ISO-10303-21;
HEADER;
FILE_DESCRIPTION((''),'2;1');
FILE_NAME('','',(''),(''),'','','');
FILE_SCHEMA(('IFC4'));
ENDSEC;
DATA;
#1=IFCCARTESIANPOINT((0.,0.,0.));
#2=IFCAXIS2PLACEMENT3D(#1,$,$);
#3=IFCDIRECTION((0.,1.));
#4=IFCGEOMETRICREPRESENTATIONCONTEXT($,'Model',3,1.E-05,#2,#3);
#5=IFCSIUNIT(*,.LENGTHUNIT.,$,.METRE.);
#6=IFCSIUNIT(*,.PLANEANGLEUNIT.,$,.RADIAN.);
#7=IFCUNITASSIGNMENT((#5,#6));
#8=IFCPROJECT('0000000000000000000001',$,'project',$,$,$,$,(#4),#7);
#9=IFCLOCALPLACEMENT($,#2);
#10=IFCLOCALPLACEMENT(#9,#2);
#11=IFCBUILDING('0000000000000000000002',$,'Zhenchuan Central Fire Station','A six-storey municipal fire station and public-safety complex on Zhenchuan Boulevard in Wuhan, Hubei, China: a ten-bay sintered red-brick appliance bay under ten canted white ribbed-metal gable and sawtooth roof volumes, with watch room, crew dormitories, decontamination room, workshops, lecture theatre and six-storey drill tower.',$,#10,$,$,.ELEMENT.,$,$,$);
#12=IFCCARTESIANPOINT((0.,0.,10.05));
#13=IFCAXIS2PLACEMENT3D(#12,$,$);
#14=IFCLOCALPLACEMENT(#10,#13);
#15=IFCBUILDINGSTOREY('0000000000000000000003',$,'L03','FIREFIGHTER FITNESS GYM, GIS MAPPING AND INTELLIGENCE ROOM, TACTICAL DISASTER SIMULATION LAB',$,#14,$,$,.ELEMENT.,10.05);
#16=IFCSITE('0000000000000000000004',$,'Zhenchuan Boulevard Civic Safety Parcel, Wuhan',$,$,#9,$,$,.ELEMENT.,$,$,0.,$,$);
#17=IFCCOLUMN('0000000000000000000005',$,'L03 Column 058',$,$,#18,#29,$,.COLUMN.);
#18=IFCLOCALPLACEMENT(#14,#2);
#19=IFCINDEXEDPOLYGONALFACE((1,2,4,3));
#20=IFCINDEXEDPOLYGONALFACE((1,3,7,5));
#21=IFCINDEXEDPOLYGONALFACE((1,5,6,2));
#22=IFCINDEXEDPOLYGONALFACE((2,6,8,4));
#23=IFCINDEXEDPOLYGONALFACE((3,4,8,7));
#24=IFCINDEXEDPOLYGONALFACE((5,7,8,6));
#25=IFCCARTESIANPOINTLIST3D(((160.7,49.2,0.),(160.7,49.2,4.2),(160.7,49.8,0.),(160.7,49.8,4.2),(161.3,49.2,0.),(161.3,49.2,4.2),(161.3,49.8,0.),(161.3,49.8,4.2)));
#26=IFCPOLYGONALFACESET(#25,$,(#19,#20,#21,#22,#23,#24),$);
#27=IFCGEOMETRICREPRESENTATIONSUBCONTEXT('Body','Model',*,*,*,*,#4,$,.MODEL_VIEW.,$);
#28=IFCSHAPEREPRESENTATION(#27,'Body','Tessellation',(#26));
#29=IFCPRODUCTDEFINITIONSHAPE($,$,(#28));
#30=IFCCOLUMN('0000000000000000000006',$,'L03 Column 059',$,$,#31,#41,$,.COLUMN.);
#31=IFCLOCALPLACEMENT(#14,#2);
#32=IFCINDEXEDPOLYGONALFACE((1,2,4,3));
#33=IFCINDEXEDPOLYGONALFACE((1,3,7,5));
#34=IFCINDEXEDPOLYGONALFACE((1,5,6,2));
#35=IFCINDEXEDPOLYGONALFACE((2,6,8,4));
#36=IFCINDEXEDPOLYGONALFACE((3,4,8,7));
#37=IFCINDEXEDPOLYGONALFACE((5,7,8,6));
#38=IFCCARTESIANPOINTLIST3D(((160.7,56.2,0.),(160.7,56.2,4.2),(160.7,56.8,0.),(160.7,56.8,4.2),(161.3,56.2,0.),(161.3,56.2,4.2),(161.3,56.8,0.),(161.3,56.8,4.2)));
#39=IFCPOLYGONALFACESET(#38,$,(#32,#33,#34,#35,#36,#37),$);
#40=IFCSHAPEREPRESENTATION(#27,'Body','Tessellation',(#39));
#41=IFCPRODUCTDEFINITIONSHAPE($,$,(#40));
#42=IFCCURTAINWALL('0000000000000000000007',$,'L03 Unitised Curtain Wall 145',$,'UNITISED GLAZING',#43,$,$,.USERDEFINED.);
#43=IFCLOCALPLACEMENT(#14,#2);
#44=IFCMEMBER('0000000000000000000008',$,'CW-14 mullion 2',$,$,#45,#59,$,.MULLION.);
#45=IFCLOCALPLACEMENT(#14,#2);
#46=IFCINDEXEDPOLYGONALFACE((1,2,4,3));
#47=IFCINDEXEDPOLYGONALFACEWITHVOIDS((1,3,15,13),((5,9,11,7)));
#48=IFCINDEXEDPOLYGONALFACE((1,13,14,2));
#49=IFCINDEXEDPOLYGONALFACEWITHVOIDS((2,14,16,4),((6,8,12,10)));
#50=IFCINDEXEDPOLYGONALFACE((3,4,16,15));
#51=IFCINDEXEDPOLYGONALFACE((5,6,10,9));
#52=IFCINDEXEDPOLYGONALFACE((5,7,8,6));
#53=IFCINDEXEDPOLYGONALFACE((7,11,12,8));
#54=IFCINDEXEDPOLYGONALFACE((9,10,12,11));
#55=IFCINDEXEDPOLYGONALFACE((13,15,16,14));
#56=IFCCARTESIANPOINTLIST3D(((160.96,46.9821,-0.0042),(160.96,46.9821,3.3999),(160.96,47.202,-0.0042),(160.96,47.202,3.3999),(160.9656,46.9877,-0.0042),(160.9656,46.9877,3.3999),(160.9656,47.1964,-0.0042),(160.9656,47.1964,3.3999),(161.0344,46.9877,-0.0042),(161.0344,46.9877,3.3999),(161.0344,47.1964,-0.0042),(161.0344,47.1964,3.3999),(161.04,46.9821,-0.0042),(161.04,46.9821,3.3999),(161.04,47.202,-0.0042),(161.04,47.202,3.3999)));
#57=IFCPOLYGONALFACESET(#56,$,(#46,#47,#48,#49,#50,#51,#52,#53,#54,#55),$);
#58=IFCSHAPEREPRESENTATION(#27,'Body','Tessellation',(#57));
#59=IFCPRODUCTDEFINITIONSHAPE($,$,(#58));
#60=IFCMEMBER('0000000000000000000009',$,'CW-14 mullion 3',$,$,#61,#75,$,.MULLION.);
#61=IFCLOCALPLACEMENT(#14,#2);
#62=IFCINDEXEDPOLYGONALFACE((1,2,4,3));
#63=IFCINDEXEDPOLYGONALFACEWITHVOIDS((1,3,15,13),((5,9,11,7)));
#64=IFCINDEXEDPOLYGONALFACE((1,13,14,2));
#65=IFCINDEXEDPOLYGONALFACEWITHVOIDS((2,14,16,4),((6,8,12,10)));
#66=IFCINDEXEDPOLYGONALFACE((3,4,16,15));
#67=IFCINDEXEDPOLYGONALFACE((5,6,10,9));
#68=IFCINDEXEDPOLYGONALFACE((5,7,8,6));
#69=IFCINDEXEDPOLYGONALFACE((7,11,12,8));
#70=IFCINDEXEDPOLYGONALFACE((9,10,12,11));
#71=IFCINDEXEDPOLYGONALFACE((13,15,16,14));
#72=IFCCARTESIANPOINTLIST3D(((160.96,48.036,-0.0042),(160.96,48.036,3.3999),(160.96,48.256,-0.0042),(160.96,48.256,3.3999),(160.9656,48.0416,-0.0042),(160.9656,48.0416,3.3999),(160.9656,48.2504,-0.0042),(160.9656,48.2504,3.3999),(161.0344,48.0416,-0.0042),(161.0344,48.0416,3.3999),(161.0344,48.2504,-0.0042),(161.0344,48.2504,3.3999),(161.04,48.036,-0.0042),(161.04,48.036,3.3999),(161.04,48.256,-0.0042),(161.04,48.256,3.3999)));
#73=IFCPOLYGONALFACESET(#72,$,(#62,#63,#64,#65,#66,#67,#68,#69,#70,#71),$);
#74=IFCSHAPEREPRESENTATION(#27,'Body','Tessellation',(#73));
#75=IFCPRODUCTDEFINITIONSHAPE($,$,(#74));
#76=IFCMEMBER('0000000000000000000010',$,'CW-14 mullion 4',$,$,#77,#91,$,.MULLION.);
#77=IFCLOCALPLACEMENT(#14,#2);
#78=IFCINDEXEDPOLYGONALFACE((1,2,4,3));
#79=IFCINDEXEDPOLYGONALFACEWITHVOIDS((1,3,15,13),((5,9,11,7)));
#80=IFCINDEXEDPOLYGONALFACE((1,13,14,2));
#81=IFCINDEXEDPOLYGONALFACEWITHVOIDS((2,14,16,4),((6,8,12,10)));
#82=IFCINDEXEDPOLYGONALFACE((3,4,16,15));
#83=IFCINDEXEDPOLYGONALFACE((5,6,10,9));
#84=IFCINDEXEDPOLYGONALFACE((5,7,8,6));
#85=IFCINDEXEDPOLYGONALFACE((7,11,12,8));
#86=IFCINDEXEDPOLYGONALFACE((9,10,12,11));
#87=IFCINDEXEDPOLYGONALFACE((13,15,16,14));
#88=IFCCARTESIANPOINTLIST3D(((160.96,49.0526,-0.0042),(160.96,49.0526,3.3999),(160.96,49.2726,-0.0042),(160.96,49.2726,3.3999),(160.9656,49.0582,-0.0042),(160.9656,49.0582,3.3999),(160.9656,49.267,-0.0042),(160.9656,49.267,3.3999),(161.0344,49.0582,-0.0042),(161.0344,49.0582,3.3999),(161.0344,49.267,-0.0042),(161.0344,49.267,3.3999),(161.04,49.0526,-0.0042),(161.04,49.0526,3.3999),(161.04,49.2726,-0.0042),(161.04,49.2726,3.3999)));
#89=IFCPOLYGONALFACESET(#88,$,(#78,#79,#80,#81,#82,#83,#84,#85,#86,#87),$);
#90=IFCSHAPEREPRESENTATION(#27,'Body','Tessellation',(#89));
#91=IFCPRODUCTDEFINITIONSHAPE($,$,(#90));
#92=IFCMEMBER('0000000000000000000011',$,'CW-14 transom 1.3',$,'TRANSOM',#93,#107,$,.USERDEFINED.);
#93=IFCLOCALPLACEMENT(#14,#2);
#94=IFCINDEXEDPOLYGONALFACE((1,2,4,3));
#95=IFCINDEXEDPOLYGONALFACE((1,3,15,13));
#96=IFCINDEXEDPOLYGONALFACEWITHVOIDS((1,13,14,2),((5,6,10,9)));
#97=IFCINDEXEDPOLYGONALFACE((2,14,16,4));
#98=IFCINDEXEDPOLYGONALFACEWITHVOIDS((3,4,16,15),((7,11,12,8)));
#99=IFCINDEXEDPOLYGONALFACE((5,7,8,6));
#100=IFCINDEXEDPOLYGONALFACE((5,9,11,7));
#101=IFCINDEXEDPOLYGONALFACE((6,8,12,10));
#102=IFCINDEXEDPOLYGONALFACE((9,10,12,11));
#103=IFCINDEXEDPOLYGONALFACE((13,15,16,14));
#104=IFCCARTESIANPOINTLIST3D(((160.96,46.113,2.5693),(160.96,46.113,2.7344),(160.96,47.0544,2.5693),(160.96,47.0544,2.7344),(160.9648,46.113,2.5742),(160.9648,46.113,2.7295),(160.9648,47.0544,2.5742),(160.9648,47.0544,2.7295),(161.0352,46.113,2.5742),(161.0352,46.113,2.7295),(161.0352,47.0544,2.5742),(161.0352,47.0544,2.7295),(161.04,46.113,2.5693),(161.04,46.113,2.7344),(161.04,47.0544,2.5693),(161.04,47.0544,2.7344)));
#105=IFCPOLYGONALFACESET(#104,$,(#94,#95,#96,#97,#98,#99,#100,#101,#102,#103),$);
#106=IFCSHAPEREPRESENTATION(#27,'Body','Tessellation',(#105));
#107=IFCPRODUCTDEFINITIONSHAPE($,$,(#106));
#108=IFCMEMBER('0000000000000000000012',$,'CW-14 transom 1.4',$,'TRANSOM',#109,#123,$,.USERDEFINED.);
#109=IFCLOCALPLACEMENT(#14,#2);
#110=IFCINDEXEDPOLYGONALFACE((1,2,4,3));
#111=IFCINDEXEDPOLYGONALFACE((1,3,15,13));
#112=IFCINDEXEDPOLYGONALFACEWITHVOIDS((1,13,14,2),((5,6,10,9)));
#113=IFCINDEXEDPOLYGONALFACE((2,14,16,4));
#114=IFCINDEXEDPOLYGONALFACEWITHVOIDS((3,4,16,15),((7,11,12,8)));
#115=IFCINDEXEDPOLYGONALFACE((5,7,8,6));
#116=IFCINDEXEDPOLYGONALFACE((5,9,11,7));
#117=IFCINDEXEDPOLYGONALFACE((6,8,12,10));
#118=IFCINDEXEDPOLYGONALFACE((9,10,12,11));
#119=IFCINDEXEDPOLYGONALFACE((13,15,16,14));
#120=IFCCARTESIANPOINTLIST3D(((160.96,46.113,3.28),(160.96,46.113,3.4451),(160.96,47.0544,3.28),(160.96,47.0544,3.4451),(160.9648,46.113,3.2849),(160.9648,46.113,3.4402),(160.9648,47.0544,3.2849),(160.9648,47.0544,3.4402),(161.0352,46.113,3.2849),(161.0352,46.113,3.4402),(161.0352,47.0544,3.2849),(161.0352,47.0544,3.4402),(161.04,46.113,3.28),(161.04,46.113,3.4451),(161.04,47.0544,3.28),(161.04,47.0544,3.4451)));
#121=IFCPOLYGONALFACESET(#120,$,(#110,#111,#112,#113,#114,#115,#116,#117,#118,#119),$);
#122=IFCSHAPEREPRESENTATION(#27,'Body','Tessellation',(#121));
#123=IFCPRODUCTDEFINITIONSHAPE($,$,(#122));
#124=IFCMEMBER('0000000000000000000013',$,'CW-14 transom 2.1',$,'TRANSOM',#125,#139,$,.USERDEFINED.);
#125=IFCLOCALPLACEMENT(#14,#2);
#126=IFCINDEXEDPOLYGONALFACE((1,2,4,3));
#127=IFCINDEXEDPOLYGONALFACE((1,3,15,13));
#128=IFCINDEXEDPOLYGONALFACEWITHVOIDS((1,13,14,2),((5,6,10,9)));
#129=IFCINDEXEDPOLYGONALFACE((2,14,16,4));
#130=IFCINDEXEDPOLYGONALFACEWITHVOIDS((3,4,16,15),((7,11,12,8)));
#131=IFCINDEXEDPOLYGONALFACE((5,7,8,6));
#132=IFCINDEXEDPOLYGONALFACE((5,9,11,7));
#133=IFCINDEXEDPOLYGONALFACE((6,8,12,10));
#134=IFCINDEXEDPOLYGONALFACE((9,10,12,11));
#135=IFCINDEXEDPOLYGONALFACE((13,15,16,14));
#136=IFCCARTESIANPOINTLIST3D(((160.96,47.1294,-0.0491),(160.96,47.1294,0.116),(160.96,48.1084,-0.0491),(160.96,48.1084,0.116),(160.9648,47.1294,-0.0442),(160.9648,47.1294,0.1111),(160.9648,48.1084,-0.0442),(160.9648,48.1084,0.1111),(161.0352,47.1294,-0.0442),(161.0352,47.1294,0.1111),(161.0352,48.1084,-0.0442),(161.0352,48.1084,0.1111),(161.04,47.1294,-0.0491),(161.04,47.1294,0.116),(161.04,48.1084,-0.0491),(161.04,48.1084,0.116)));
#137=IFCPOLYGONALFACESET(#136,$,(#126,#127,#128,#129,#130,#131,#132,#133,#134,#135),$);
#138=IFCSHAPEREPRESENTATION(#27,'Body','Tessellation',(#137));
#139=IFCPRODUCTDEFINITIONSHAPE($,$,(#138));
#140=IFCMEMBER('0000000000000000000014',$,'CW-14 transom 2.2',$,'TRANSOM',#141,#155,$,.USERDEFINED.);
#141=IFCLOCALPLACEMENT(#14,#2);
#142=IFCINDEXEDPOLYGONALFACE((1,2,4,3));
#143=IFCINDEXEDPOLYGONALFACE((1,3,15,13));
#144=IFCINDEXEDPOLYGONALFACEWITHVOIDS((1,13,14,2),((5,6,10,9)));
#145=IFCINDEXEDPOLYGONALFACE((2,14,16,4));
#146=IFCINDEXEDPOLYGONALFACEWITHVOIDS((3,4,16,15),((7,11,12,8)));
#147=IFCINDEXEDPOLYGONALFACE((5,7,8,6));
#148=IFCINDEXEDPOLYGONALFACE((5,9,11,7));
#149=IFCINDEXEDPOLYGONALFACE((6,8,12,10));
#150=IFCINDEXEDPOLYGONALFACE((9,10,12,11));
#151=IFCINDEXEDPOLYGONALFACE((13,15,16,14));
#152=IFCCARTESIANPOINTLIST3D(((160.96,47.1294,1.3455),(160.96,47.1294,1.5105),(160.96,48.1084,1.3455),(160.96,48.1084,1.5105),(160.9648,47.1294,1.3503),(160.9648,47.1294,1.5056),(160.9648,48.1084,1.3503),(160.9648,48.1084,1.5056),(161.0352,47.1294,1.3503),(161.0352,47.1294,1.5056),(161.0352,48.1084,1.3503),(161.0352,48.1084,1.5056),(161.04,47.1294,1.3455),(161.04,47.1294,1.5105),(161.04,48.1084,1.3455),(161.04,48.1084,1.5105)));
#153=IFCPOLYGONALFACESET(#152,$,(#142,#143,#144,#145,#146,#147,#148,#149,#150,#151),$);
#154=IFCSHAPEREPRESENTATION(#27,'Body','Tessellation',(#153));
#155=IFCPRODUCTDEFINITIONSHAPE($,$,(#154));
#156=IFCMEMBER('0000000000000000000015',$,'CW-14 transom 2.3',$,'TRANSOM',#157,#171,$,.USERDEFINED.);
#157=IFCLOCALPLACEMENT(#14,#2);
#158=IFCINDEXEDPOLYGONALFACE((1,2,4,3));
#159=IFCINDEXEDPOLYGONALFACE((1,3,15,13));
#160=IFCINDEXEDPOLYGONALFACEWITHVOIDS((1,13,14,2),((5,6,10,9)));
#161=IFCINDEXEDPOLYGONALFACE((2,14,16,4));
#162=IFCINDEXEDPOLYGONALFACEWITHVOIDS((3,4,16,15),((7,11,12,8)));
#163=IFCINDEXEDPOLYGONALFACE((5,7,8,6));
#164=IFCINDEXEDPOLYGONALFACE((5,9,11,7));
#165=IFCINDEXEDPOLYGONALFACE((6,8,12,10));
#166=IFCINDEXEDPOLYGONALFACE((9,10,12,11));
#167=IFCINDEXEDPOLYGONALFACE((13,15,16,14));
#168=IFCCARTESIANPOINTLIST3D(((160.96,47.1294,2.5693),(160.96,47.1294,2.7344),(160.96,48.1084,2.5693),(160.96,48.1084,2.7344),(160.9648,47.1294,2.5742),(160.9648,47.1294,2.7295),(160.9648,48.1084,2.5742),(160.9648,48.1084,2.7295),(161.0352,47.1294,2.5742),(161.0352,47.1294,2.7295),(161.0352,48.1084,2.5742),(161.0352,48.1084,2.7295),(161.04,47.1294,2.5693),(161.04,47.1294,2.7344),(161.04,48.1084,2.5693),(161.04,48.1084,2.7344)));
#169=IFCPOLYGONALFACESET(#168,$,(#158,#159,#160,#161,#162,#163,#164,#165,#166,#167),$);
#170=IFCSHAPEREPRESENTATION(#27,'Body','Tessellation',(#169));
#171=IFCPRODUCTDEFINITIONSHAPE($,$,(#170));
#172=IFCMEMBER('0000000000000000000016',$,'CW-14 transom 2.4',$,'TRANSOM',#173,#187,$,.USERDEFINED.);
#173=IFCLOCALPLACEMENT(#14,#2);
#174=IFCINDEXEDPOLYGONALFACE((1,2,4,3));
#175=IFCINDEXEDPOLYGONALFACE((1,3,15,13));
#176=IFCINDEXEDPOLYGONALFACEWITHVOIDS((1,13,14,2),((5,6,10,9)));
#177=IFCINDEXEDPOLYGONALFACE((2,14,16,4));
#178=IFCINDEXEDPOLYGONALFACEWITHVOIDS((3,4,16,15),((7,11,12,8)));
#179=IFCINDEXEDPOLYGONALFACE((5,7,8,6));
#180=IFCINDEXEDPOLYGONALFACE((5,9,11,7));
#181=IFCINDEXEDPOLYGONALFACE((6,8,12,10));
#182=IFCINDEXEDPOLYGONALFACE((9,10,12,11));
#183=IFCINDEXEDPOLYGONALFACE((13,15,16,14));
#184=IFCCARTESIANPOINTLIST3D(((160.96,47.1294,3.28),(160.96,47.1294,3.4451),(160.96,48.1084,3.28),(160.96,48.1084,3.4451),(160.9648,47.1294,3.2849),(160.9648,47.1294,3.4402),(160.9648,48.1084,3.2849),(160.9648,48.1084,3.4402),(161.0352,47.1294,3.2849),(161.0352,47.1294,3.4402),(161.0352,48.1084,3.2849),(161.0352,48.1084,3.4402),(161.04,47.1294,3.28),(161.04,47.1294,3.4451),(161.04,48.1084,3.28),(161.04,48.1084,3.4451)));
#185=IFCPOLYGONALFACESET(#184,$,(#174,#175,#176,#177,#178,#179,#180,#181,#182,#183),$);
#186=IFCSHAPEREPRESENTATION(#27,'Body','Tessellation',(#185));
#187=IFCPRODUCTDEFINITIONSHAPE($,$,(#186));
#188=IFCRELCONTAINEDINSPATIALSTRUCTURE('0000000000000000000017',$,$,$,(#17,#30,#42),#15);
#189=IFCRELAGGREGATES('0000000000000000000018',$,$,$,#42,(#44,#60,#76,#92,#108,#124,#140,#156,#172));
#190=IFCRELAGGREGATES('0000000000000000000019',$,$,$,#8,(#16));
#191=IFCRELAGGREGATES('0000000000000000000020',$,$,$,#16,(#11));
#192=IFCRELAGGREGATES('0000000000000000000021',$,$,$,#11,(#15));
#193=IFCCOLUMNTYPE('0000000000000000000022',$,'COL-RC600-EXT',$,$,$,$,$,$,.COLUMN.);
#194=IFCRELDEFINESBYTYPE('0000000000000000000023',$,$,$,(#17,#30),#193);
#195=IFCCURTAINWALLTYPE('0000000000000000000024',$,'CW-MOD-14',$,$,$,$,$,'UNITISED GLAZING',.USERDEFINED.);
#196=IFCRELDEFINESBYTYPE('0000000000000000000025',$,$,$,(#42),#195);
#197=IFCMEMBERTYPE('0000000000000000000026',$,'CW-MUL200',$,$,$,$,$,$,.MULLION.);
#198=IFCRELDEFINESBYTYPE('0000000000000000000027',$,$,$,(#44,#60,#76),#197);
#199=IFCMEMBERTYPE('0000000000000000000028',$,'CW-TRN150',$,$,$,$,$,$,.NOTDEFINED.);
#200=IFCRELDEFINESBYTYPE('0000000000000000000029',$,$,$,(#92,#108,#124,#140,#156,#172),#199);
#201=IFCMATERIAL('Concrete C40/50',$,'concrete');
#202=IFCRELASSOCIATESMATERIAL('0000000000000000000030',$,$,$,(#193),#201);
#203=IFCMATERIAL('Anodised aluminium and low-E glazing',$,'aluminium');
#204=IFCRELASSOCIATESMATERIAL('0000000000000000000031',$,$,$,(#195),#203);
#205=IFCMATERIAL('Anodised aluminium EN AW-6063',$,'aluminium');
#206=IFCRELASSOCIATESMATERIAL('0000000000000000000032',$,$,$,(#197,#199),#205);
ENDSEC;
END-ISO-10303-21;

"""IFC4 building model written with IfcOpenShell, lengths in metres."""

from ifc_helpers import new_model, si_unit, direction, frame, origin, origin_2d, place, context, subcontext, project, spatial, rectangle, hollow_rectangle, extrude, material, material_profile, profile_set, type_object, element, aggregate, save


model = new_model("IFC4")

# Units and contexts
model_context = context("Model", 3, precision=1e-05, world=origin(), true_north=direction((0.0, 1.0)))
body_context = subcontext(model_context, "Body", "Model", "MODEL_VIEW")
ifc_project = project(units=[si_unit("LENGTHUNIT", "METRE"), si_unit("PLANEANGLEUNIT", "RADIAN")], contexts=[model_context])

# Site, building, storey
site_placement = place(None, origin())
site = spatial("IfcSite", under=ifc_project, at=site_placement, Name="Zhenchuan Boulevard Civic Safety Parcel, Wuhan", CompositionType="ELEMENT", RefElevation=0.0)
building_placement = place(site_placement, origin())
building = spatial("IfcBuilding", under=site, at=building_placement, Name="Zhenchuan Central Fire Station", Description="A six-storey municipal fire station and public-safety complex on Zhenchuan Boulevard in Wuhan, Hubei, China: a ten-bay sintered red-brick appliance bay under ten canted white ribbed-metal gable and sawtooth roof volumes, with watch room, crew dormitories, decontamination room, workshops, lecture theatre and six-storey drill tower.", CompositionType="ELEMENT")
storey_placement = place(building_placement, frame((0.0, 0.0, 10.05)))
storey = spatial("IfcBuildingStorey", under=building, at=storey_placement, Name="L03", Description="FIREFIGHTER FITNESS GYM, GIS MAPPING AND INTELLIGENCE ROOM, TACTICAL DISASTER SIMULATION LAB", CompositionType="ELEMENT", Elevation=10.05)

# Columns
ifc_material_1 = material(Name="Concrete C40/50", Category="concrete")
ifc_material_profile_1 = material_profile(ifc_material_1, rectangle(XDim=0.6001, YDim=0.6001, at=origin_2d()), Name="RC 600x600")
ifc_profile_set_1 = profile_set([ifc_material_profile_1], Name="Concrete C40/50")
column_type = type_object("IfcColumnType", Name="COL-RC600-EXT", PredefinedType="COLUMN", material=ifc_profile_set_1)
for number, where, z_axis, x_axis, name in (
    (1, (161.0, 49.5, 0.0), (0.0, 0.0, 1.0), (1.0, 0.0, 0.0), "L03 Column 058"),
    (2, (161.0, 56.5, 0.0), (0.0, 0.0, 1.0), (1.0, 0.0, 0.0), "L03 Column 059"),
):
    element("IfcColumn", number, at=place(storey_placement, frame(where, z_axis=z_axis, x_axis=x_axis)), inside=storey, type_object=column_type, Name=name, PredefinedType="COLUMN", context=body_context, shape_type="SweptSolid", body=[
        extrude(rectangle(XDim=0.6001, YDim=0.6001, at=origin_2d()), origin(), (0.0, 0.0, 1.0), 4.2),
    ])

# Curtain wall, members
ifc_material_2 = material(Name="Anodised aluminium and low-E glazing", Category="aluminium")
curtain_wall_type = type_object("IfcCurtainWallType", Name="CW-MOD-14", ElementType="UNITISED GLAZING", PredefinedType="USERDEFINED", material=ifc_material_2)
curtain_wall_placement = place(storey_placement, origin())
curtain_wall = element("IfcCurtainWall", 3, at=curtain_wall_placement, inside=storey, type_object=curtain_wall_type, Name="L03 Unitised Curtain Wall 145", ObjectType="UNITISED GLAZING", PredefinedType="USERDEFINED")
ifc_material_3 = material(Name="Anodised aluminium EN AW-6063", Category="aluminium")
ifc_material_profile_2 = material_profile(ifc_material_3, hollow_rectangle(XDim=0.0801, YDim=0.22, WallThickness=0.0056, at=origin_2d()), Name="ALU-M 220x80")
ifc_profile_set_2 = profile_set([ifc_material_profile_2], Name="Anodised aluminium EN AW-6063")
member_type_1 = type_object("IfcMemberType", Name="CW-MUL200", PredefinedType="MULLION", material=ifc_profile_set_2)
member_1_placement = place(storey_placement, frame((161.0, 47.092, -0.0042), z_axis=(0.0, 0.0, 1.0), x_axis=(-1.0, 0.0, 0.0)))
member_1 = element("IfcMember", 4, at=member_1_placement, type_object=member_type_1, Name="CW-14 mullion 2", PredefinedType="MULLION", context=body_context, shape_type="SweptSolid", body=[
    extrude(hollow_rectangle(XDim=0.0801, YDim=0.22, WallThickness=0.0056, at=origin_2d()), origin(), (0.0, 0.0, 1.0), 3.4041),
])
member_2_placement = place(storey_placement, frame((161.0, 48.146, -0.0042), z_axis=(0.0, 0.0, 1.0), x_axis=(-1.0, 0.0, 0.0)))
member_2 = element("IfcMember", 5, at=member_2_placement, type_object=member_type_1, Name="CW-14 mullion 3", PredefinedType="MULLION", context=body_context, shape_type="SweptSolid", body=[
    extrude(hollow_rectangle(XDim=0.0801, YDim=0.22, WallThickness=0.0056, at=origin_2d()), origin(), (0.0, 0.0, 1.0), 3.4041),
])
member_3_placement = place(storey_placement, frame((161.0, 49.1626, -0.0042), z_axis=(0.0, 0.0, 1.0), x_axis=(-1.0, 0.0, 0.0)))
member_3 = element("IfcMember", 6, at=member_3_placement, type_object=member_type_1, Name="CW-14 mullion 4", PredefinedType="MULLION", context=body_context, shape_type="SweptSolid", body=[
    extrude(hollow_rectangle(XDim=0.0801, YDim=0.22, WallThickness=0.0056, at=origin_2d()), origin(), (0.0, 0.0, 1.0), 3.4041),
])
ifc_material_profile_3 = material_profile(ifc_material_3, hollow_rectangle(XDim=0.0801, YDim=0.165, WallThickness=0.0049, at=origin_2d()), Name="ALU-T 165x80")
ifc_profile_set_3 = profile_set([ifc_material_profile_3], Name="Anodised aluminium EN AW-6063")
member_type_2 = type_object("IfcMemberType", Name="CW-TRN150", PredefinedType="NOTDEFINED", material=ifc_profile_set_3)
member_4_placement = place(storey_placement, frame((161.0, 46.113, 2.6519), z_axis=(0.0, 1.0, 0.0), x_axis=(-1.0, 0.0, 0.0)))
member_4 = element("IfcMember", 7, at=member_4_placement, type_object=member_type_2, Name="CW-14 transom 1.3", ObjectType="TRANSOM", PredefinedType="USERDEFINED", context=body_context, shape_type="SweptSolid", body=[
    extrude(hollow_rectangle(XDim=0.0801, YDim=0.165, WallThickness=0.0049, at=origin_2d()), origin(), (0.0, 0.0, 1.0), 0.9414),
])
member_5_placement = place(storey_placement, frame((161.0, 46.113, 3.3625), z_axis=(0.0, 1.0, 0.0), x_axis=(-1.0, 0.0, 0.0)))
member_5 = element("IfcMember", 8, at=member_5_placement, type_object=member_type_2, Name="CW-14 transom 1.4", ObjectType="TRANSOM", PredefinedType="USERDEFINED", context=body_context, shape_type="SweptSolid", body=[
    extrude(hollow_rectangle(XDim=0.0801, YDim=0.165, WallThickness=0.0049, at=origin_2d()), origin(), (0.0, 0.0, 1.0), 0.9414),
])
member_6_placement = place(storey_placement, frame((161.0, 47.1294, 0.0334), z_axis=(0.0, 1.0, 0.0), x_axis=(-1.0, 0.0, 0.0)))
member_6 = element("IfcMember", 9, at=member_6_placement, type_object=member_type_2, Name="CW-14 transom 2.1", ObjectType="TRANSOM", PredefinedType="USERDEFINED", context=body_context, shape_type="SweptSolid", body=[
    extrude(hollow_rectangle(XDim=0.0801, YDim=0.165, WallThickness=0.0049, at=origin_2d()), origin(), (0.0, 0.0, 1.0), 0.979),
])
member_7_placement = place(storey_placement, frame((161.0, 47.1294, 1.428), z_axis=(0.0, 1.0, 0.0), x_axis=(-1.0, 0.0, 0.0)))
member_7 = element("IfcMember", 10, at=member_7_placement, type_object=member_type_2, Name="CW-14 transom 2.2", ObjectType="TRANSOM", PredefinedType="USERDEFINED", context=body_context, shape_type="SweptSolid", body=[
    extrude(hollow_rectangle(XDim=0.0801, YDim=0.165, WallThickness=0.0049, at=origin_2d()), origin(), (0.0, 0.0, 1.0), 0.979),
])
member_8_placement = place(storey_placement, frame((161.0, 47.1294, 2.6519), z_axis=(0.0, 1.0, 0.0), x_axis=(-1.0, 0.0, 0.0)))
member_8 = element("IfcMember", 11, at=member_8_placement, type_object=member_type_2, Name="CW-14 transom 2.3", ObjectType="TRANSOM", PredefinedType="USERDEFINED", context=body_context, shape_type="SweptSolid", body=[
    extrude(hollow_rectangle(XDim=0.0801, YDim=0.165, WallThickness=0.0049, at=origin_2d()), origin(), (0.0, 0.0, 1.0), 0.979),
])
member_9_placement = place(storey_placement, frame((161.0, 47.1294, 3.3625), z_axis=(0.0, 1.0, 0.0), x_axis=(-1.0, 0.0, 0.0)))
member_9 = element("IfcMember", 12, at=member_9_placement, type_object=member_type_2, Name="CW-14 transom 2.4", ObjectType="TRANSOM", PredefinedType="USERDEFINED", context=body_context, shape_type="SweptSolid", body=[
    extrude(hollow_rectangle(XDim=0.0801, YDim=0.165, WallThickness=0.0049, at=origin_2d()), origin(), (0.0, 0.0, 1.0), 0.979),
])

aggregate(curtain_wall, [member_1, member_2, member_3, member_4, member_5, member_6, member_7, member_8, member_9])

save(model, "model.ifc")
